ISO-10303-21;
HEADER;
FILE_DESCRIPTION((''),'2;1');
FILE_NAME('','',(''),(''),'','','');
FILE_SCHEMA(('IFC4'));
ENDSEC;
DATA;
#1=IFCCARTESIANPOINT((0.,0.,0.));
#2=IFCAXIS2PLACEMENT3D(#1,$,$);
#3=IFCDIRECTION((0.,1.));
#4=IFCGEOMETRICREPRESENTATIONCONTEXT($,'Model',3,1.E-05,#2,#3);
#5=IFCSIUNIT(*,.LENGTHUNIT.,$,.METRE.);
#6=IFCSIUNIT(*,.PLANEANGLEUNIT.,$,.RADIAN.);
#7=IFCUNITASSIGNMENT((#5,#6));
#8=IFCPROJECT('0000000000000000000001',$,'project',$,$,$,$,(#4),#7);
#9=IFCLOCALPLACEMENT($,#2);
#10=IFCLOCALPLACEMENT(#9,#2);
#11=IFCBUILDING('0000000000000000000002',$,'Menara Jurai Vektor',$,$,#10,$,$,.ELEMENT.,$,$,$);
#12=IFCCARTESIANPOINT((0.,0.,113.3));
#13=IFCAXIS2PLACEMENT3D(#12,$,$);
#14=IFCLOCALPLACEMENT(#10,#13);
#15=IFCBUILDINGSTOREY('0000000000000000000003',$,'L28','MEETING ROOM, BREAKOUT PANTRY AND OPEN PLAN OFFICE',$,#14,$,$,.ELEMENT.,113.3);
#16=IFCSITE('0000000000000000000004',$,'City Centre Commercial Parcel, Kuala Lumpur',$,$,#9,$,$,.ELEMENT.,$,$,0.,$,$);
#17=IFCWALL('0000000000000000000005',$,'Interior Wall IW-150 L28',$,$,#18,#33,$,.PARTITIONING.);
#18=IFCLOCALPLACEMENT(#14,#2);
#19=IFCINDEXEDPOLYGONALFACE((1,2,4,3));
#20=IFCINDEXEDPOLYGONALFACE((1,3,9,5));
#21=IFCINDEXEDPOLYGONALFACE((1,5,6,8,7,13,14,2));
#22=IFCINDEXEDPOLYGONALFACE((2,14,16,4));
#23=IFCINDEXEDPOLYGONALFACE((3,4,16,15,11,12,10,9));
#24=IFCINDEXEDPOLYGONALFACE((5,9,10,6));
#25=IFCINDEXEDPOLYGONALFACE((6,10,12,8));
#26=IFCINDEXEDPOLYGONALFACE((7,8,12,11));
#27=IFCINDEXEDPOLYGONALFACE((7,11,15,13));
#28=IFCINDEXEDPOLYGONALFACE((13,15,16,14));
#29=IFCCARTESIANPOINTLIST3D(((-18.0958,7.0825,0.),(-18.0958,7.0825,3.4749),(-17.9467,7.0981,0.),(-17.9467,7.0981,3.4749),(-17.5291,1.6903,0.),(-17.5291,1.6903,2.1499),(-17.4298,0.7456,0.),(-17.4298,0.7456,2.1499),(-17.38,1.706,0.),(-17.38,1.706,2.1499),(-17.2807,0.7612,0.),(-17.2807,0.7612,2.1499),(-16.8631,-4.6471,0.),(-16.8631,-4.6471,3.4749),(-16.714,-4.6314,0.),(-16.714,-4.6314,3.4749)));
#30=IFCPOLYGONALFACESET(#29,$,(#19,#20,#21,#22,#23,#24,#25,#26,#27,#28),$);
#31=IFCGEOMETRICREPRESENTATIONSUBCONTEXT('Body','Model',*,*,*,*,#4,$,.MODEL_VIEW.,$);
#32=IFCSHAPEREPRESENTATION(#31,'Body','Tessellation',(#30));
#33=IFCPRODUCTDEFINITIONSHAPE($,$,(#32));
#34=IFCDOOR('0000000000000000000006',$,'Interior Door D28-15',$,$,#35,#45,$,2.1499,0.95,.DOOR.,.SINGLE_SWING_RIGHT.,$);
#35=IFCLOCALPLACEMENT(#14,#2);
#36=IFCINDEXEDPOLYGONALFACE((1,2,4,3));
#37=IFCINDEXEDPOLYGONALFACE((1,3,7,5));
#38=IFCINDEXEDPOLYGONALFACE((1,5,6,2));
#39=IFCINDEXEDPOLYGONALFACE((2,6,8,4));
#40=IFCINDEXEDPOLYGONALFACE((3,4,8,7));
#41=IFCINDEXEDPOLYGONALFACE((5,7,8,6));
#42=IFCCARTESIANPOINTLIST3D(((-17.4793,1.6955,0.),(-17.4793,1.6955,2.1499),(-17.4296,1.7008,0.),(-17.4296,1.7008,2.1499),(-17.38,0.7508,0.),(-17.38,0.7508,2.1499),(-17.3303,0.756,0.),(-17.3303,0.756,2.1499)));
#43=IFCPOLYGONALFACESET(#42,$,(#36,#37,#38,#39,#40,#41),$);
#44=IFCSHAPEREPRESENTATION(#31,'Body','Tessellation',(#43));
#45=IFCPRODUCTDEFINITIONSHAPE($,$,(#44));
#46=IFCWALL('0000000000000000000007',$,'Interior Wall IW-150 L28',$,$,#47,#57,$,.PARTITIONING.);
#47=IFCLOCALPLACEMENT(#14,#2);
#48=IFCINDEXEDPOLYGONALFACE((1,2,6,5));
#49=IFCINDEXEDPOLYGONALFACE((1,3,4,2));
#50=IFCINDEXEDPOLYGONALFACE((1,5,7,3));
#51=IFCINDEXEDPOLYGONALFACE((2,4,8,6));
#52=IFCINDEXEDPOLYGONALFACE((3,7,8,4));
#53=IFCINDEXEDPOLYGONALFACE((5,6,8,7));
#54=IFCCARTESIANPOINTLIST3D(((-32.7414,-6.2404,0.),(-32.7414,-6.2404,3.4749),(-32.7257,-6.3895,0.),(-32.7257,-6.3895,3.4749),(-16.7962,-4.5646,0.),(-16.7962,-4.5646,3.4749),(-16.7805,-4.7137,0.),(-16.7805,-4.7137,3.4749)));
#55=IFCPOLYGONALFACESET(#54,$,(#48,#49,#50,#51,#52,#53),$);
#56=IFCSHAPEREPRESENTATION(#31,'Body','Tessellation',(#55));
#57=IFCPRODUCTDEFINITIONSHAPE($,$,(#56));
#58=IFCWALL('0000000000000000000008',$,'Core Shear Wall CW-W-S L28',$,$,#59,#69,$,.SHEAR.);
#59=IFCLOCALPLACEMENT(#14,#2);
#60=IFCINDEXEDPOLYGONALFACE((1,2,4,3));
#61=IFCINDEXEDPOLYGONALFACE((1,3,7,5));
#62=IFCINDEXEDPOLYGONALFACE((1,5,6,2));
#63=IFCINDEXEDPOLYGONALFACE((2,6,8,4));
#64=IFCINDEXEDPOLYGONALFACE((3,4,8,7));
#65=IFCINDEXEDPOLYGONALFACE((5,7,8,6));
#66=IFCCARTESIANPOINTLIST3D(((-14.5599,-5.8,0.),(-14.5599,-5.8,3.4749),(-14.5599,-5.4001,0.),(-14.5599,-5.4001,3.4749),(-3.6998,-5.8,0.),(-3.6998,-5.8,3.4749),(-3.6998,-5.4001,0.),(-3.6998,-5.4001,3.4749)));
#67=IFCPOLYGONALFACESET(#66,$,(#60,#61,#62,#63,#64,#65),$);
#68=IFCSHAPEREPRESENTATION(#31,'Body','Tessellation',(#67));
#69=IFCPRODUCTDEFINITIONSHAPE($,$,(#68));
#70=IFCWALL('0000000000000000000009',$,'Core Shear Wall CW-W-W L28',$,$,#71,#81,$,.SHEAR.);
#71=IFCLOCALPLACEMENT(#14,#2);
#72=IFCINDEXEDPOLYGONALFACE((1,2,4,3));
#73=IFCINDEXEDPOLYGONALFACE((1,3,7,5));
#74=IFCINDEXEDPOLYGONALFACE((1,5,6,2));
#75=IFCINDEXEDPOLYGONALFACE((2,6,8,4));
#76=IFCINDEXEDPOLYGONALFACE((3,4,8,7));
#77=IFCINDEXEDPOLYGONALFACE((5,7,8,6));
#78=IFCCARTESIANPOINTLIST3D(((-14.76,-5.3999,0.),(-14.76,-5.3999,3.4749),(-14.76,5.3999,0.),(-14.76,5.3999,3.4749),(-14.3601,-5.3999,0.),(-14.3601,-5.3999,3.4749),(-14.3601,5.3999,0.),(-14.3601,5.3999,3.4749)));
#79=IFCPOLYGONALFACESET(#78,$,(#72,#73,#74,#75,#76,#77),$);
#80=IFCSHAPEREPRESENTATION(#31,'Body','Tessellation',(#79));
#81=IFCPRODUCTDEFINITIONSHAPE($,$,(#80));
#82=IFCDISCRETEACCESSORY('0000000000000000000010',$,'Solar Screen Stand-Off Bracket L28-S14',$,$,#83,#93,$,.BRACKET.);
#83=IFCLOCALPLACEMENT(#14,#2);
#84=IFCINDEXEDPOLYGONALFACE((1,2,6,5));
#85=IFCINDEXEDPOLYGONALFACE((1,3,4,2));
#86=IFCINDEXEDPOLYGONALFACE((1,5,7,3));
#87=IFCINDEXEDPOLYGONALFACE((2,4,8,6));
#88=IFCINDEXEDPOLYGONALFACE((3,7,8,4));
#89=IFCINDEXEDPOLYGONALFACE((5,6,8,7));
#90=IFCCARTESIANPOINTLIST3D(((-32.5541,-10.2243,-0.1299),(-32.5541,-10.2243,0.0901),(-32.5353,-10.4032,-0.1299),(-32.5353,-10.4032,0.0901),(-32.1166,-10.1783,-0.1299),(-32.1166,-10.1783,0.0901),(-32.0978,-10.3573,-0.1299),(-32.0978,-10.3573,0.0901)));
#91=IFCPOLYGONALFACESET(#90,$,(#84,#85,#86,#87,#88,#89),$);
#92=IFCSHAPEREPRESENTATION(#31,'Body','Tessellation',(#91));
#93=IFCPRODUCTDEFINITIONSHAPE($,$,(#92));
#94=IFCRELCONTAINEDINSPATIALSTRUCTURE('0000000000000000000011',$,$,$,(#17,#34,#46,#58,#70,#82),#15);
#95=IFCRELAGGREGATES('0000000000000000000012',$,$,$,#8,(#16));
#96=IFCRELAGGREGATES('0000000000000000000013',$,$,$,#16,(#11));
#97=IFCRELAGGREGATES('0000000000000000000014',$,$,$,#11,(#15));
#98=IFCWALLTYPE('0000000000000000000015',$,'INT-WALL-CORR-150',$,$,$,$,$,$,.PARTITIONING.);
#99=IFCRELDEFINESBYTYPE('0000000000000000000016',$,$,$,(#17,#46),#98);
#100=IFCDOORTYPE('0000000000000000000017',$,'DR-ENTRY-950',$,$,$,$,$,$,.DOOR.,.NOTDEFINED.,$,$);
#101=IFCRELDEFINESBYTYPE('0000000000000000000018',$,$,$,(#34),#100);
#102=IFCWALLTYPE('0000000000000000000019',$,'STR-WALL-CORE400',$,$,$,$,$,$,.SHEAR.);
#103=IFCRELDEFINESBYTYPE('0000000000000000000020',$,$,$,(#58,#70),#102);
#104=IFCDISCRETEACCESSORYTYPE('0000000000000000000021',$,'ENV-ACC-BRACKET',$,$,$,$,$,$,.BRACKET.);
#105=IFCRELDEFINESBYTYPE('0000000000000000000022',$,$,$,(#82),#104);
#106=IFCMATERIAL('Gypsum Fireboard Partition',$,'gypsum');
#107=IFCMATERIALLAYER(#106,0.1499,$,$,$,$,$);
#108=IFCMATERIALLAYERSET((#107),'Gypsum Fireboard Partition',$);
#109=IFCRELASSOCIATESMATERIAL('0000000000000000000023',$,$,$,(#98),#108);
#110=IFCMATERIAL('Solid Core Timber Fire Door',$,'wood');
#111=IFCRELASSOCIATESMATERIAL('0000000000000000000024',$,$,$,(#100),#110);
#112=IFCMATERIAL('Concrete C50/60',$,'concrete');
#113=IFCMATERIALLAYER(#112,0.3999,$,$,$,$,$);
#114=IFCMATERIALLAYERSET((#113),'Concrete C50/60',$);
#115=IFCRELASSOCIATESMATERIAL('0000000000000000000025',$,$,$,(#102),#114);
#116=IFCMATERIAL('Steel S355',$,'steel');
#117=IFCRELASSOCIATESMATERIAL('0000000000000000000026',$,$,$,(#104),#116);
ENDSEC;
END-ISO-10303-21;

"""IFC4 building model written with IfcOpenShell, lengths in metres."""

from ifc_helpers import new_model, si_unit, direction, frame, frame_2d, origin, origin_2d, place, context, subcontext, project, spatial, rectangle, extrude, material, layer, layer_set, type_object, element, fill, save


model = new_model("IFC4")

# Units and contexts
model_context = context("Model", 3, precision=1e-05, world=origin(), true_north=direction((0.0, 1.0)))
body_context = subcontext(model_context, "Body", "Model", "MODEL_VIEW")
ifc_project = project(units=[si_unit("LENGTHUNIT", "METRE"), si_unit("PLANEANGLEUNIT", "RADIAN")], contexts=[model_context])

# Site, building, storey
site_placement = place(None, origin())
site = spatial("IfcSite", under=ifc_project, at=site_placement, Name="City Centre Commercial Parcel, Kuala Lumpur", CompositionType="ELEMENT", RefElevation=0.0)
building_placement = place(site_placement, origin())
building = spatial("IfcBuilding", under=site, at=building_placement, Name="Menara Jurai Vektor", CompositionType="ELEMENT")
storey_placement = place(building_placement, frame((0.0, 0.0, 113.3)))
storey = spatial("IfcBuildingStorey", under=building, at=storey_placement, Name="L28", Description="MEETING ROOM, BREAKOUT PANTRY AND OPEN PLAN OFFICE", CompositionType="ELEMENT", Elevation=113.3)

# Shared definitions
ifc_material_1 = material(Name="Concrete C50/60", Category="concrete")

# Shared definitions
ifc_material_2 = material(Name="Steel S355", Category="steel")

# Wall, opening, door
ifc_material_3 = material(Name="Gypsum Fireboard Partition", Category="gypsum")
ifc_layer_1 = layer(ifc_material_3, 0.1499)
ifc_layer_set_1 = layer_set([ifc_layer_1], Name="Gypsum Fireboard Partition")
wall_type_1 = type_object("IfcWallType", Name="INT-WALL-CORR-150", PredefinedType="PARTITIONING", material=ifc_layer_set_1)
ifc_material_4 = material(Name="Solid Core Timber Fire Door", Category="wood")
door_type_1 = type_object("IfcDoorType", Name="DR-ENTRY-950", OperationType="NOTDEFINED", PredefinedType="DOOR", material=ifc_material_4)
wall_1_placement = place(storey_placement, frame((-16.7886, -4.6392, 0.0), z_axis=(0.0, 0.0, 1.0), x_axis=(-0.104516, 0.994523, 0.0)))
wall_1 = element("IfcWall", 1, at=wall_1_placement, inside=storey, type_object=wall_type_1, Name="Interior Wall IW-150 L28", PredefinedType="PARTITIONING", context=body_context, shape_type="SweptSolid", body=[
    extrude(rectangle(XDim=11.7942, YDim=0.1499, at=frame_2d((5.897, 0.0))), origin(), (0.0, 0.0, 1.0), 3.4749),
])
opening_1_placement = place(wall_1_placement, frame((5.4221, 0.0, 0.0)))
opening_1 = element("IfcOpeningElement", 2, at=opening_1_placement, cuts=wall_1, PredefinedType="OPENING", context=body_context, shape_type="SweptSolid", body=[
    extrude(rectangle(XDim=0.95, YDim=2.1499, at=frame_2d((0.4751, 1.075))), frame((0.0, 0.085, 0.0), z_axis=(0.0, -1.0, 0.0), x_axis=(1.0, 0.0, 0.0)), (0.0, 0.0, 1.0), 0.1699),
])
door_1_placement = place(opening_1_placement, origin())
door_1 = element("IfcDoor", 3, at=door_1_placement, inside=storey, type_object=door_type_1, Name="Interior Door D28-15", OperationType="SINGLE_SWING_RIGHT", OverallHeight=2.1499, OverallWidth=0.95, PredefinedType="DOOR", context=body_context, shape_type="SweptSolid", body=[
    extrude(rectangle(XDim=0.95, YDim=2.1499, at=frame_2d((0.4751, 1.075))), frame((0.0, 0.0249, 0.0), z_axis=(0.0, -1.0, 0.0), x_axis=(1.0, 0.0, 0.0)), (0.0, 0.0, 1.0), 0.05),
])
fill(opening_1, door_1)

# Wall
wall_2_placement = place(storey_placement, frame((-32.7336, -6.3149, 0.0), z_axis=(0.0, 0.0, 1.0), x_axis=(0.994523, 0.104521, 0.0)))
element("IfcWall", 4, at=wall_2_placement, inside=storey, type_object=wall_type_1, Name="Interior Wall IW-150 L28", PredefinedType="PARTITIONING", context=body_context, shape_type="SweptSolid", body=[
    extrude(rectangle(XDim=16.033, YDim=0.1499, at=frame_2d((8.0166, 0.0))), origin(), (0.0, 0.0, 1.0), 3.4749),
])

# Walls
ifc_layer_2 = layer(ifc_material_1, 0.3999)
ifc_layer_set_2 = layer_set([ifc_layer_2], Name="Concrete C50/60")
wall_type_2 = type_object("IfcWallType", Name="STR-WALL-CORE400", PredefinedType="SHEAR", material=ifc_layer_set_2)
wall_3_placement = place(storey_placement, frame((-14.5601, -5.6001, 0.0), z_axis=(0.0, 0.0, 1.0), x_axis=(1.0, 0.0, 0.0)))
element("IfcWall", 5, at=wall_3_placement, inside=storey, type_object=wall_type_2, Name="Core Shear Wall CW-W-S L28", PredefinedType="SHEAR", context=body_context, shape_type="SweptSolid", body=[
    extrude(rectangle(XDim=10.8601, YDim=0.3999, at=frame_2d((5.4302, 0.0))), origin(), (0.0, 0.0, 1.0), 3.4749),
])
wall_4_placement = place(storey_placement, frame((-14.5601, -5.3999, 0.0), z_axis=(0.0, 0.0, 1.0), x_axis=(0.0, 1.0, 0.0)))
element("IfcWall", 6, at=wall_4_placement, inside=storey, type_object=wall_type_2, Name="Core Shear Wall CW-W-W L28", PredefinedType="SHEAR", context=body_context, shape_type="SweptSolid", body=[
    extrude(rectangle(XDim=10.7998, YDim=0.3999, at=frame_2d((5.3999, 0.0))), origin(), (0.0, 0.0, 1.0), 3.4749),
])

# Discrete accessory
discrete_accessory_type = type_object("IfcDiscreteAccessoryType", Name="ENV-ACC-BRACKET", PredefinedType="BRACKET", material=ifc_material_2)
discrete_accessory_placement = place(storey_placement, frame((-32.3259, -10.2908, -0.1299), z_axis=(0.0, 0.0, 1.0), x_axis=(0.104528, -0.994522, 0.0)))
element("IfcDiscreteAccessory", 7, at=discrete_accessory_placement, inside=storey, type_object=discrete_accessory_type, Name="Solar Screen Stand-Off Bracket L28-S14", PredefinedType="BRACKET", context=body_context, shape_type="SweptSolid", body=[
    extrude(rectangle(XDim=0.1799, YDim=0.4399, at=origin_2d()), origin(), (0.0, 0.0, 1.0), 0.22),
])

save(model, "model.ifc")
